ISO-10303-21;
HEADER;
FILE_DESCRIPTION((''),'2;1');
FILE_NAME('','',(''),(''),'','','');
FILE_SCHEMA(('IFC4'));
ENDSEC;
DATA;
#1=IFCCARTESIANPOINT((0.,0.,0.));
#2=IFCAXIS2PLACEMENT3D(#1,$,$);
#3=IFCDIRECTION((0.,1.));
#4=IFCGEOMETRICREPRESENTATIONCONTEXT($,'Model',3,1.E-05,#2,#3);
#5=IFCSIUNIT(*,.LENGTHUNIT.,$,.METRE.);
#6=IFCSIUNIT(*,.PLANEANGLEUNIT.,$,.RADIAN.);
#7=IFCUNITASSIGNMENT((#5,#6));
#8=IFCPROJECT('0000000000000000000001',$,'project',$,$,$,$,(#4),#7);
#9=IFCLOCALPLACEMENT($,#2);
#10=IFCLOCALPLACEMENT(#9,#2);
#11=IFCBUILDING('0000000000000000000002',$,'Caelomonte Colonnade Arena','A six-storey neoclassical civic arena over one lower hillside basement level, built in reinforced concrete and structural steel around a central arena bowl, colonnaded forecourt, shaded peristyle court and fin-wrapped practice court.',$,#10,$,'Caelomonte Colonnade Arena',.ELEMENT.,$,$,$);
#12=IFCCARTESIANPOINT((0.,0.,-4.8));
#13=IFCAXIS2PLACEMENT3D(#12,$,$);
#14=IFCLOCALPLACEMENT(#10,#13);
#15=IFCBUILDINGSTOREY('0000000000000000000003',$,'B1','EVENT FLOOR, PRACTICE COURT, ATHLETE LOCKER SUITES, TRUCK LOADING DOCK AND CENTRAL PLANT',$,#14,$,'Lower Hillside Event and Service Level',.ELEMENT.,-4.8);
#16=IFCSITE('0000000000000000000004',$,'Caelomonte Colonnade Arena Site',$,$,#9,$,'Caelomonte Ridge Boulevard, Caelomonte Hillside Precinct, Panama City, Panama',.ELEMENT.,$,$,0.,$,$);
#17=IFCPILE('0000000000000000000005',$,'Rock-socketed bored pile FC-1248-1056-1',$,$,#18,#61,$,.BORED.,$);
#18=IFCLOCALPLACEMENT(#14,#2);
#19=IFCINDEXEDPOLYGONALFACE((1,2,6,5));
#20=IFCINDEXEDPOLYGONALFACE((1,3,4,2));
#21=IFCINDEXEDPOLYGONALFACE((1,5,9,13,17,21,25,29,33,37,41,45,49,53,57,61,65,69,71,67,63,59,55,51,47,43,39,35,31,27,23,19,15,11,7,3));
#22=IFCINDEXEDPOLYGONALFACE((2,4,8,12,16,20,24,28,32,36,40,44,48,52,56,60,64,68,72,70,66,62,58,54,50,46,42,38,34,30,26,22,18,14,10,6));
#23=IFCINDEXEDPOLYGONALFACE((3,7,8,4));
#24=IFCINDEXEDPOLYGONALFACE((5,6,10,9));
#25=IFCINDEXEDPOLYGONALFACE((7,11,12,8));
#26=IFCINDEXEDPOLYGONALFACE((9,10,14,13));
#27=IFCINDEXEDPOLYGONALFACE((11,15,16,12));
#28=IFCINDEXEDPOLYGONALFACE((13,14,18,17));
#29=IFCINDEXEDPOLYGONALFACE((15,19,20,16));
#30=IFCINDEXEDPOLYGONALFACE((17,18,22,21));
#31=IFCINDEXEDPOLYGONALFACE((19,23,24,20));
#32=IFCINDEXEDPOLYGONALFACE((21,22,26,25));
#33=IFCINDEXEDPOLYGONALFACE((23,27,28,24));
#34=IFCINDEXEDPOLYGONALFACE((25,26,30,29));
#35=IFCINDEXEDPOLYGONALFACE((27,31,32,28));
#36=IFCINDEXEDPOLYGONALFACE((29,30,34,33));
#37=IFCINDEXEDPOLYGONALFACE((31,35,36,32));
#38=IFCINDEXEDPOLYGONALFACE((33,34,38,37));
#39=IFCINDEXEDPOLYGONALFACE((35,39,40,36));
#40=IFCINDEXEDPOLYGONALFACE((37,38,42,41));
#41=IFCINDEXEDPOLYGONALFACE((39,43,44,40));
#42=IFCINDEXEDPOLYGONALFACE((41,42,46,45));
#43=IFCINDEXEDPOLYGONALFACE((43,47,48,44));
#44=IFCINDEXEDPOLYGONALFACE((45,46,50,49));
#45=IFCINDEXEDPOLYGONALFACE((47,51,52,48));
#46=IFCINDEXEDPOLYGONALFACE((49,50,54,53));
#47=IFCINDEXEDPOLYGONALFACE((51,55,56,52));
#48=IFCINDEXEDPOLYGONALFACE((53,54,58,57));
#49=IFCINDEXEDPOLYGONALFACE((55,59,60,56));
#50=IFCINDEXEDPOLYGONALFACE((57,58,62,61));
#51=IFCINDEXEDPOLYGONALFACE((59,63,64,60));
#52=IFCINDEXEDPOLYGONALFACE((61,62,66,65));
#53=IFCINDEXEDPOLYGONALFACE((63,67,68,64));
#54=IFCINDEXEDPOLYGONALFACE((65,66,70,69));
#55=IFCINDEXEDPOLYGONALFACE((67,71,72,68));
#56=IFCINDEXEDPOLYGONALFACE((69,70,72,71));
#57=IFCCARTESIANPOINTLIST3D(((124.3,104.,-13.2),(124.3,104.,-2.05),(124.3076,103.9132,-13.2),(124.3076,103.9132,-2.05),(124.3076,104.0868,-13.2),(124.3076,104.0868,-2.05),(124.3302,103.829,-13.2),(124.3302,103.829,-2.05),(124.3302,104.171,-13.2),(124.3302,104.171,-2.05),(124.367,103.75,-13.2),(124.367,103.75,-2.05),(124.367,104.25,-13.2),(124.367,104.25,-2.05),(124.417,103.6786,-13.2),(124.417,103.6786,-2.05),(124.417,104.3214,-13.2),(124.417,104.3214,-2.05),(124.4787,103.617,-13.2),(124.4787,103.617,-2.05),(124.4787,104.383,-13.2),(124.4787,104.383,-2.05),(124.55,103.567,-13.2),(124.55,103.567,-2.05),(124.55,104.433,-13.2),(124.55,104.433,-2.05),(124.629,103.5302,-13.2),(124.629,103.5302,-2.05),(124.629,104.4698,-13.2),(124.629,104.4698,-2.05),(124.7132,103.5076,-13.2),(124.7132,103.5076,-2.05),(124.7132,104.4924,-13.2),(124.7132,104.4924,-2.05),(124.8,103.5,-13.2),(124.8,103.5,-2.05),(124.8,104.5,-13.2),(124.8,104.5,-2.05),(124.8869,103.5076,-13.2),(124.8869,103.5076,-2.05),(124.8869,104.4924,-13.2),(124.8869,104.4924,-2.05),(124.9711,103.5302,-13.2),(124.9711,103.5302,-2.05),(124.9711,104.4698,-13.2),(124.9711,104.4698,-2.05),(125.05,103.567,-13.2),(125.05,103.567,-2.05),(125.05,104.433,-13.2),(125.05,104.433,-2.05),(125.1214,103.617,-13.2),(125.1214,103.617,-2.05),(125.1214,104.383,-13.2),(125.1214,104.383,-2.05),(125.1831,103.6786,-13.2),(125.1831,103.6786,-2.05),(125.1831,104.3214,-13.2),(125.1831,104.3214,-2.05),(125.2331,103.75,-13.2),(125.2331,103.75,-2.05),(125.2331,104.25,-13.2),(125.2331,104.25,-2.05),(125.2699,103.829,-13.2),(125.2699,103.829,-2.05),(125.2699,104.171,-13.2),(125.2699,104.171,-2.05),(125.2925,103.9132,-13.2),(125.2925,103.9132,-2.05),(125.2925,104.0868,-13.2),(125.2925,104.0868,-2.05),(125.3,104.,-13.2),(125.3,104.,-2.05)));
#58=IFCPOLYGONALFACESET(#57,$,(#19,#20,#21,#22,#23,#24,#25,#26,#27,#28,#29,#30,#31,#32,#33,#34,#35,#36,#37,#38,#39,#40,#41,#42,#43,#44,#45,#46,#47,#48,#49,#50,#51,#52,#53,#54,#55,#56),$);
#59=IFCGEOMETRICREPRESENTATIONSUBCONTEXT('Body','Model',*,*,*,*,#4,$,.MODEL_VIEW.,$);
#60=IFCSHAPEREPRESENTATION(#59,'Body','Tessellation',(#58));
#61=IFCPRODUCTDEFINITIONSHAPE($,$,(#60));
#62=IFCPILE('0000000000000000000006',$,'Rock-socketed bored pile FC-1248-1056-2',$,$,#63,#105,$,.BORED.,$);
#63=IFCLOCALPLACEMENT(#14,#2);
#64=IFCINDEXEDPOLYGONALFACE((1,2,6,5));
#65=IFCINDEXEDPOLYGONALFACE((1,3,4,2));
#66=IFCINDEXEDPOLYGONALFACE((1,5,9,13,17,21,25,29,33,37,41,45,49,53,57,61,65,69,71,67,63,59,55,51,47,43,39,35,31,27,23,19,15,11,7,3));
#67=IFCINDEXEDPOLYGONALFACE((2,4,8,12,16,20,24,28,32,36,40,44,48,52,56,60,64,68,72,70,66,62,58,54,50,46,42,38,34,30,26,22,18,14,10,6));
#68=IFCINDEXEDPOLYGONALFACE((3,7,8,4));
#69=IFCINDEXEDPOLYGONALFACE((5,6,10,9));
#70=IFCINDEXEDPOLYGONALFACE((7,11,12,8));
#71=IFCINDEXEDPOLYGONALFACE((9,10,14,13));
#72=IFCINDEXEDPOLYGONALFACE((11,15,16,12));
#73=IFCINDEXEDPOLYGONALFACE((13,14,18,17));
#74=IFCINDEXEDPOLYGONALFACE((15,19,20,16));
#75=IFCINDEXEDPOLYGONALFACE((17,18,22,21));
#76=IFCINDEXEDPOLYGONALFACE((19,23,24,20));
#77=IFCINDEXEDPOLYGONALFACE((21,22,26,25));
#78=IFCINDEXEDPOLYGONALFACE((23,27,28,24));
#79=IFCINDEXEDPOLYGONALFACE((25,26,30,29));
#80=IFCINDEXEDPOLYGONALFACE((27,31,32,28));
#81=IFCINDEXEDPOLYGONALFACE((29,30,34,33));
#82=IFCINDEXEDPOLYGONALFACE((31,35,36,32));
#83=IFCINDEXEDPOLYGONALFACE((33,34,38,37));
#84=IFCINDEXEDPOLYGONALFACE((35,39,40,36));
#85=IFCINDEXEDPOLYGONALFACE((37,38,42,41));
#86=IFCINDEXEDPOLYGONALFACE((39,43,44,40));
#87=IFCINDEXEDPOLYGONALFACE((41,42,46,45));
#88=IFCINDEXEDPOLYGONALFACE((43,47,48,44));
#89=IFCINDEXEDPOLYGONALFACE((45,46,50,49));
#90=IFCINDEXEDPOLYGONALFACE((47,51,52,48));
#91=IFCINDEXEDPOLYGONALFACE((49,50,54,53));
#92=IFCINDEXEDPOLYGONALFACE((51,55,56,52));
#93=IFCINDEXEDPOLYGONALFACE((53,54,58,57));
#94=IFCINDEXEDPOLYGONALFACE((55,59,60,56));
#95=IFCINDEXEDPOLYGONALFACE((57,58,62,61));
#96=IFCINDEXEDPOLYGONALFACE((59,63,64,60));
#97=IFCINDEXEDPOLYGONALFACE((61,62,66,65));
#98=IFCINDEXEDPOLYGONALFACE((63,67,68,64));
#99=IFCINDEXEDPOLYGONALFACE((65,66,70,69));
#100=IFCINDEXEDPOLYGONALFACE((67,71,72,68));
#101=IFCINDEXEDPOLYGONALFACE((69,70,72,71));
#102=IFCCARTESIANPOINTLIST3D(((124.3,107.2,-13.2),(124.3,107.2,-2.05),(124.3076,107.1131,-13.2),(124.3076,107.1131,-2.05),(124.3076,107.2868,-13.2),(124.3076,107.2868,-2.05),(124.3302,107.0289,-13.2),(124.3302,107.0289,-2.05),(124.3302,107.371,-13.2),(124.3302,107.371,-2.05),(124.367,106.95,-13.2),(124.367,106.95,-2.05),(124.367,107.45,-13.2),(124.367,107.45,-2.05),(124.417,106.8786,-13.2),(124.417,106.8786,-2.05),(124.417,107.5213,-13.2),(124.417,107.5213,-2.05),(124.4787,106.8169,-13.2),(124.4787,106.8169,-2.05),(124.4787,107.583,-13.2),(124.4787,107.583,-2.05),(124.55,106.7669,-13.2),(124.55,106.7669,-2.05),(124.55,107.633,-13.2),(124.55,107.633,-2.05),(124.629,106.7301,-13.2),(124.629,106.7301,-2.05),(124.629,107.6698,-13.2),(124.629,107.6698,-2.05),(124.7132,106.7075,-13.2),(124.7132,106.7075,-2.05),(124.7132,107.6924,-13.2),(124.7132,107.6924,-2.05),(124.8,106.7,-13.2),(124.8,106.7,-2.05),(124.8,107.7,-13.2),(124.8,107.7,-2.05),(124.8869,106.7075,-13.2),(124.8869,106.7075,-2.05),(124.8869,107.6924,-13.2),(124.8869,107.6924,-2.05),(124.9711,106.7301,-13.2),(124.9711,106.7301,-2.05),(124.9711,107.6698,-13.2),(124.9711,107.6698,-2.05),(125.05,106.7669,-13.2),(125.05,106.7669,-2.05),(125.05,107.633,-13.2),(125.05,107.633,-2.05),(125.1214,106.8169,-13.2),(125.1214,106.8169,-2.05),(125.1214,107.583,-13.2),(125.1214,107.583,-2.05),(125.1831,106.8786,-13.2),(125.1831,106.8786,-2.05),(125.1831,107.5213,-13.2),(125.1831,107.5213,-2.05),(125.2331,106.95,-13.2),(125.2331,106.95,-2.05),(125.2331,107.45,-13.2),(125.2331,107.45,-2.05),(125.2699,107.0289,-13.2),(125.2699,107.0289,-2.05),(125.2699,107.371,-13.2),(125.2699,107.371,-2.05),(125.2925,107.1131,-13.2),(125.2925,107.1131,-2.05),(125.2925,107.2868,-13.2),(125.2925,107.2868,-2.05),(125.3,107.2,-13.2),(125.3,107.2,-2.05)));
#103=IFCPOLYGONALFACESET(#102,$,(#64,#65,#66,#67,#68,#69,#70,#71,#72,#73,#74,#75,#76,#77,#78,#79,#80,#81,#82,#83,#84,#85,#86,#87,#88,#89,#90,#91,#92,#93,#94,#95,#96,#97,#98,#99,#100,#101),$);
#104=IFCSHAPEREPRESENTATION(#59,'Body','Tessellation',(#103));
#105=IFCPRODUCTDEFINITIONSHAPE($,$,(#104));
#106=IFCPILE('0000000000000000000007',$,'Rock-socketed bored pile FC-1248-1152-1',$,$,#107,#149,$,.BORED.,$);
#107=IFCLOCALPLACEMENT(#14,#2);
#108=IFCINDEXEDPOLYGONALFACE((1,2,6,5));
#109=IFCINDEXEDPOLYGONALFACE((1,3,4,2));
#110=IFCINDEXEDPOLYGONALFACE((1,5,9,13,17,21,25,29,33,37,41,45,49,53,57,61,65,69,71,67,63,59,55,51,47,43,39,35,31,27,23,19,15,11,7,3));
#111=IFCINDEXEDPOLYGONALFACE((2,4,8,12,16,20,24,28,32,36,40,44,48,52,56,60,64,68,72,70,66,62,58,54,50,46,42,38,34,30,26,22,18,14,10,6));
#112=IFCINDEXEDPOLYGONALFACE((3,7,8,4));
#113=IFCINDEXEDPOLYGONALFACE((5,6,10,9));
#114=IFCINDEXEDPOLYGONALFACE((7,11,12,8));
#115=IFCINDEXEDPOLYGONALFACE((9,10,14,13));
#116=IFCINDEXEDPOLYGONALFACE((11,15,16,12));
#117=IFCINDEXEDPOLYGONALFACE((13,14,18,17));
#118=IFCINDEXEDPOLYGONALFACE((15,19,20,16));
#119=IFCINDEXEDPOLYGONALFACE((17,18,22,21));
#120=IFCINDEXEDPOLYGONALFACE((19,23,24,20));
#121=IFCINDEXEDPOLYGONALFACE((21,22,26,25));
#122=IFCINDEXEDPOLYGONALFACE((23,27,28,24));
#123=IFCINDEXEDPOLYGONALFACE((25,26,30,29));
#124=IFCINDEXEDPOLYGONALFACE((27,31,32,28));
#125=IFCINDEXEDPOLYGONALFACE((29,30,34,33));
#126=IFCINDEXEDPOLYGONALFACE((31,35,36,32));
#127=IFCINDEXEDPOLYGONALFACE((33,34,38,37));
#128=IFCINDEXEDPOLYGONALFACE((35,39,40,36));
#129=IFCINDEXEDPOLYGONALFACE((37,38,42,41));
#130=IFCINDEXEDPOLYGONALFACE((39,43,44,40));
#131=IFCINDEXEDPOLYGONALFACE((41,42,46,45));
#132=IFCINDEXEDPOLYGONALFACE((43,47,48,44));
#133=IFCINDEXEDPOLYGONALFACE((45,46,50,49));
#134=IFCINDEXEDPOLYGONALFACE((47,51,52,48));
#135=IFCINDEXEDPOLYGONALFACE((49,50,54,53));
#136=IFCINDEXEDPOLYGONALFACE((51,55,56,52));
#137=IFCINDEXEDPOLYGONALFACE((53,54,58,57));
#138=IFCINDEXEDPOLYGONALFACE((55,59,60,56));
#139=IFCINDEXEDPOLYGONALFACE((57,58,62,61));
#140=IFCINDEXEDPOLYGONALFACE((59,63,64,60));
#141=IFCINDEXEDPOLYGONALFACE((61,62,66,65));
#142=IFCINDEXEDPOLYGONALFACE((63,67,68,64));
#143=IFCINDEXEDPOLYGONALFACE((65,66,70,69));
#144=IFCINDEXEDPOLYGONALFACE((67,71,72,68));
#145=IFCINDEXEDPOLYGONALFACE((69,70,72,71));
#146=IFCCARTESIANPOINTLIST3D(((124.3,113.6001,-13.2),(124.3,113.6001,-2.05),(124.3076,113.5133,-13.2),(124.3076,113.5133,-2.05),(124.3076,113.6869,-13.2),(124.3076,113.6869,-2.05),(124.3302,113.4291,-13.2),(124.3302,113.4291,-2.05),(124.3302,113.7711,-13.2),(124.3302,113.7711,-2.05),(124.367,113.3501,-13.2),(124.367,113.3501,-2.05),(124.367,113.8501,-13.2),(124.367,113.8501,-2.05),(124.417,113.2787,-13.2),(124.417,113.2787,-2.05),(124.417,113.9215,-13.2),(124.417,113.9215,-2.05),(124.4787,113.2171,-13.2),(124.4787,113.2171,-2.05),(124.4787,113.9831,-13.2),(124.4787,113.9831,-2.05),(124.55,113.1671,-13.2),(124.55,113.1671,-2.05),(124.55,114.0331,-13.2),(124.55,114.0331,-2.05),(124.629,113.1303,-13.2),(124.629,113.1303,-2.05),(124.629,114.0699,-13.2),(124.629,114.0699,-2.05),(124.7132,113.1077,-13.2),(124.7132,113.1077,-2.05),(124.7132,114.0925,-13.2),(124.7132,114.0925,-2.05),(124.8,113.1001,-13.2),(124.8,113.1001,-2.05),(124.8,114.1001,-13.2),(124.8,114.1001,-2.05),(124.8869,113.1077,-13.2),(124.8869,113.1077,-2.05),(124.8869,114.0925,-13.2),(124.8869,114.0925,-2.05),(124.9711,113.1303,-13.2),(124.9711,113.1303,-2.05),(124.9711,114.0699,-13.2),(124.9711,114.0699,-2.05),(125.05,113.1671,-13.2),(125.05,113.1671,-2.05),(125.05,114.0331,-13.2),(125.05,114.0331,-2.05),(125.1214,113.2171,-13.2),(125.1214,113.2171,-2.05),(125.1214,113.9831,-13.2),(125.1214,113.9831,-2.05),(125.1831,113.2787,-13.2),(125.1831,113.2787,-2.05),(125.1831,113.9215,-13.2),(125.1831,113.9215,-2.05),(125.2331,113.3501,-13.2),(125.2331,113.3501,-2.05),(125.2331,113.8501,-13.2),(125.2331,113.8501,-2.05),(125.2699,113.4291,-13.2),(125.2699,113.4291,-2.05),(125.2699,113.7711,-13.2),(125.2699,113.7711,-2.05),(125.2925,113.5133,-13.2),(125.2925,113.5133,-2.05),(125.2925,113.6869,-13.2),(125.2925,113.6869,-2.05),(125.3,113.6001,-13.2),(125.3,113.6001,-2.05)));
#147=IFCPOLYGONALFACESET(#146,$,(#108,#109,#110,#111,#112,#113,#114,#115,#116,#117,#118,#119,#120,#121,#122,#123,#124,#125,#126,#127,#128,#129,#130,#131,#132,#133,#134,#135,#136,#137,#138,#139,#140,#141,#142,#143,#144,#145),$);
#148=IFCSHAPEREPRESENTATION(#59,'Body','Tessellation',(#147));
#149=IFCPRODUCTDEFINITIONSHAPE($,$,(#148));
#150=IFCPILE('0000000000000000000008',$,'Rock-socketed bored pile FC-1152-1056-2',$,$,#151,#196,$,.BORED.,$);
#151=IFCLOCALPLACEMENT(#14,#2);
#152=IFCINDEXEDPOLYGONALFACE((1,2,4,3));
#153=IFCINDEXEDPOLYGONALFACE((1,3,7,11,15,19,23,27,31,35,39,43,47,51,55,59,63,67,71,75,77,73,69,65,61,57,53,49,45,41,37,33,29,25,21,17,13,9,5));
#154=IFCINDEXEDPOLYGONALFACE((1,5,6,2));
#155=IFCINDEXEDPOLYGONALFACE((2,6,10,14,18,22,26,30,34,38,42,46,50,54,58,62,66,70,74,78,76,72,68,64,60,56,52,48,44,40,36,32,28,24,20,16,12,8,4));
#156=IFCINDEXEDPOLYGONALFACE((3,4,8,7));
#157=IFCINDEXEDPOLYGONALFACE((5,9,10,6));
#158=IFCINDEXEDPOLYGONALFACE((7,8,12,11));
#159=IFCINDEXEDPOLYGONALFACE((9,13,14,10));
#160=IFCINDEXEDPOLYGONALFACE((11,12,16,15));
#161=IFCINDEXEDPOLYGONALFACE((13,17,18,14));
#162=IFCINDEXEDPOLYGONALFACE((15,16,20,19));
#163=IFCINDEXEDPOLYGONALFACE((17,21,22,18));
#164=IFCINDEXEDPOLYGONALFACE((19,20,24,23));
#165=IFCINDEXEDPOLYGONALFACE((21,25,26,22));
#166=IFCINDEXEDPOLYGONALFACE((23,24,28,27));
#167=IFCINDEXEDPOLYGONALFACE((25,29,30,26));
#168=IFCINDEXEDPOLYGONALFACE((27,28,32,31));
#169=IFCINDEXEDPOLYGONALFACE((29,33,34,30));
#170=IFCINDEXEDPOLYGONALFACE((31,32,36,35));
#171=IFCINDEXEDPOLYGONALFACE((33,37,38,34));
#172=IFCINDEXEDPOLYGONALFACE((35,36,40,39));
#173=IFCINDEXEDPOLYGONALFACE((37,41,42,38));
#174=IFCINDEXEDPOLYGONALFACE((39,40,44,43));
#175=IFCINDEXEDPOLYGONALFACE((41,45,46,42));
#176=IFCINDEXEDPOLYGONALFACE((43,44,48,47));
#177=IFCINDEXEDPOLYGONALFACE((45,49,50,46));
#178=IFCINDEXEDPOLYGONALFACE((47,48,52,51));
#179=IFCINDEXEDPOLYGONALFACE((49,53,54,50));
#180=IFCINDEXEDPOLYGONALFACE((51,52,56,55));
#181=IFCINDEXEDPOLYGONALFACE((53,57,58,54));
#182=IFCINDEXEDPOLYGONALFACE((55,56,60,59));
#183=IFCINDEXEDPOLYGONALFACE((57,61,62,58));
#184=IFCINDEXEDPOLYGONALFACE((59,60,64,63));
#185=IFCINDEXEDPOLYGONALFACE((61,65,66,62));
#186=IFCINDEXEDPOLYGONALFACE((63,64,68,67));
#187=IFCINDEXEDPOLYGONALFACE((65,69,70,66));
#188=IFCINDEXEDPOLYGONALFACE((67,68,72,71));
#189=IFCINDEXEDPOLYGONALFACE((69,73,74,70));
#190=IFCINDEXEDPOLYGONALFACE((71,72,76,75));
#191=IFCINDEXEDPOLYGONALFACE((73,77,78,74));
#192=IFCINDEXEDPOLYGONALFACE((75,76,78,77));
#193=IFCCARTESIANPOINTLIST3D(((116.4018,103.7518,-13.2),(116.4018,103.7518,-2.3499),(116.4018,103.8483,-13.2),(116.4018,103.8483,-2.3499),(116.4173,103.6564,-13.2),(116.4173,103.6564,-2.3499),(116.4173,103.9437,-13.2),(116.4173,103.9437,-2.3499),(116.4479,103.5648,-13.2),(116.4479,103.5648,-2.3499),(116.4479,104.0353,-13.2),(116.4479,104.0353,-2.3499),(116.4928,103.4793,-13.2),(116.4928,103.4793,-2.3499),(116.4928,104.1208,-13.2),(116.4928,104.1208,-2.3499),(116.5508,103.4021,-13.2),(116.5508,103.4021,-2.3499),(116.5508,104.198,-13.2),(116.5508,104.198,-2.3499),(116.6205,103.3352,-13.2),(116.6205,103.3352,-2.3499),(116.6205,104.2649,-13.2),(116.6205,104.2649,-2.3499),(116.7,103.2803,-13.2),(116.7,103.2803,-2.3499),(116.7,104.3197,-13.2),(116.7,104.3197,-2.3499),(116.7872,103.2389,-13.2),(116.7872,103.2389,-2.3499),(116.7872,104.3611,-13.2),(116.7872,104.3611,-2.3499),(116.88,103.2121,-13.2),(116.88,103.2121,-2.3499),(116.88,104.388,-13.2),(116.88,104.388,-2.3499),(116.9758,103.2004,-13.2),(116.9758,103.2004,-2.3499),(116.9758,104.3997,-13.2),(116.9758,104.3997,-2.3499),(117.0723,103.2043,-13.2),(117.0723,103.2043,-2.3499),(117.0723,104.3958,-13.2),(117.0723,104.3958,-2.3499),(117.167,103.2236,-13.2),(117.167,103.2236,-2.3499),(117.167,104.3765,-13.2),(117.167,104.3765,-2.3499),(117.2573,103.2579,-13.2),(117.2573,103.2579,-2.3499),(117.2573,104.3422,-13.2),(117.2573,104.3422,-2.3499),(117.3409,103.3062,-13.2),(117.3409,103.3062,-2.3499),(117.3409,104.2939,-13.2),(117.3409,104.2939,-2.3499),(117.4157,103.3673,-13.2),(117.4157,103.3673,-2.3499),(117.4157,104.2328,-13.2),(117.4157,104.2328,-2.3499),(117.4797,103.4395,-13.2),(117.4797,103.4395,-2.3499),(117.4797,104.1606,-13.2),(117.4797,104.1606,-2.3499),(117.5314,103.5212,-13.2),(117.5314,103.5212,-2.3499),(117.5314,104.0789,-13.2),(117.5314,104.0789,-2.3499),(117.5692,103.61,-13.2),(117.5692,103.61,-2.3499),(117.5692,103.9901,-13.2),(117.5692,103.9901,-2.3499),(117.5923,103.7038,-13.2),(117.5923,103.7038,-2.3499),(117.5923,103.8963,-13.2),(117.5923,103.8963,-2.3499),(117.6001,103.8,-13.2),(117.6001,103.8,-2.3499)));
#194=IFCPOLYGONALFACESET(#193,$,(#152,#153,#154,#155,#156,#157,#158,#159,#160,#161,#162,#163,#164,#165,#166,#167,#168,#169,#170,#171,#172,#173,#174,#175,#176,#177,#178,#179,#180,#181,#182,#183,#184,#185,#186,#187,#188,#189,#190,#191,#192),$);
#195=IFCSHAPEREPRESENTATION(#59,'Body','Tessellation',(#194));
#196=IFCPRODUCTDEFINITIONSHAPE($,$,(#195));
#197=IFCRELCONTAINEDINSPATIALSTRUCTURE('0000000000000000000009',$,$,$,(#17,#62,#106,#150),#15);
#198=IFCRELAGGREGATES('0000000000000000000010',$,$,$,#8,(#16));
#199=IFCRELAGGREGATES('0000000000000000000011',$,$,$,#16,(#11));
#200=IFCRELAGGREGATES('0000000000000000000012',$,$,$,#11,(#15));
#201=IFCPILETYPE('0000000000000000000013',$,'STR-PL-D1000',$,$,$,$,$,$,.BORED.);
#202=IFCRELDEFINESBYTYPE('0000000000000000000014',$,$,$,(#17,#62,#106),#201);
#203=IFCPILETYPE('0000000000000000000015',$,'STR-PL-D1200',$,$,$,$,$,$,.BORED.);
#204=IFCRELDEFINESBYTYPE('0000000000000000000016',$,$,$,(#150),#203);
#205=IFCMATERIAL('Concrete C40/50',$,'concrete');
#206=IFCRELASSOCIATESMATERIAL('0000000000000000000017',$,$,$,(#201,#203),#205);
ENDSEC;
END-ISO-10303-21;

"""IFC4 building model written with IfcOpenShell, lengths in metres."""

from ifc_helpers import new_model, si_unit, direction, frame, origin, origin_2d, place, context, subcontext, project, spatial, circle, extrude, material, material_profile, profile_set, type_object, element, save


model = new_model("IFC4")

# Units and contexts
model_context = context("Model", 3, precision=1e-05, world=origin(), true_north=direction((0.0, 1.0)))
body_context = subcontext(model_context, "Body", "Model", "MODEL_VIEW")
ifc_project = project(units=[si_unit("LENGTHUNIT", "METRE"), si_unit("PLANEANGLEUNIT", "RADIAN")], contexts=[model_context])

# Site, building, storey
site_placement = place(None, origin())
site = spatial("IfcSite", under=ifc_project, at=site_placement, Name="Caelomonte Colonnade Arena Site", LongName="Caelomonte Ridge Boulevard, Caelomonte Hillside Precinct, Panama City, Panama", CompositionType="ELEMENT", RefElevation=0.0)
building_placement = place(site_placement, origin())
building = spatial("IfcBuilding", under=site, at=building_placement, Name="Caelomonte Colonnade Arena", Description="A six-storey neoclassical civic arena over one lower hillside basement level, built in reinforced concrete and structural steel around a central arena bowl, colonnaded forecourt, shaded peristyle court and fin-wrapped practice court.", LongName="Caelomonte Colonnade Arena", CompositionType="ELEMENT")
storey_placement = place(building_placement, frame((0.0, 0.0, -4.8)))
storey = spatial("IfcBuildingStorey", under=building, at=storey_placement, Name="B1", Description="EVENT FLOOR, PRACTICE COURT, ATHLETE LOCKER SUITES, TRUCK LOADING DOCK AND CENTRAL PLANT", LongName="Lower Hillside Event and Service Level", CompositionType="ELEMENT", Elevation=-4.8)

# Shared definitions
ifc_material_1 = material(Name="Concrete C40/50", Category="concrete")

# Piles
ifc_material_profile_1 = material_profile(ifc_material_1, circle(Radius=0.5, at=origin_2d()), Name="PILE-D1000")
ifc_profile_set_1 = profile_set([ifc_material_profile_1], Name="Concrete C40/50")
pile_type_1 = type_object("IfcPileType", Name="STR-PL-D1000", PredefinedType="BORED", material=ifc_profile_set_1)
for number, where, z_axis, x_axis, name in (
    (1, (124.8, 104.0, -2.05), (0.0, 0.0, -1.0), (1.0, 0.0, 0.0), "Rock-socketed bored pile FC-1248-1056-1"),
    (2, (124.8, 107.2, -2.05), (0.0, 0.0, -1.0), (1.0, 0.0, 0.0), "Rock-socketed bored pile FC-1248-1056-2"),
    (3, (124.8, 113.6001, -2.05), (0.0, 0.0, -1.0), (1.0, 0.0, 0.0), "Rock-socketed bored pile FC-1248-1152-1"),
):
    element("IfcPile", number, at=place(storey_placement, frame(where, z_axis=z_axis, x_axis=x_axis)), inside=storey, type_object=pile_type_1, Name=name, PredefinedType="BORED", context=body_context, shape_type="SweptSolid", body=[
        extrude(circle(Radius=0.5, at=origin_2d()), origin(), (0.0, 0.0, 1.0), 11.1499),
    ])
ifc_material_profile_2 = material_profile(ifc_material_1, circle(Radius=0.6001, at=origin_2d()), Name="PILE-D1200")
ifc_profile_set_2 = profile_set([ifc_material_profile_2], Name="Concrete C40/50")
pile_type_2 = type_object("IfcPileType", Name="STR-PL-D1200", PredefinedType="BORED", material=ifc_profile_set_2)
for number, where, z_axis, x_axis, name in (
    (4, (117.0, 103.8, -2.3499), (0.0, 0.0, -1.0), (1.0, 0.0, 0.0), "Rock-socketed bored pile FC-1152-1056-2"),
):
    element("IfcPile", number, at=place(storey_placement, frame(where, z_axis=z_axis, x_axis=x_axis)), inside=storey, type_object=pile_type_2, Name=name, PredefinedType="BORED", context=body_context, shape_type="SweptSolid", body=[
        extrude(circle(Radius=0.6001, at=origin_2d()), origin(), (0.0, 0.0, 1.0), 10.8501),
    ])

save(model, "model.ifc")
